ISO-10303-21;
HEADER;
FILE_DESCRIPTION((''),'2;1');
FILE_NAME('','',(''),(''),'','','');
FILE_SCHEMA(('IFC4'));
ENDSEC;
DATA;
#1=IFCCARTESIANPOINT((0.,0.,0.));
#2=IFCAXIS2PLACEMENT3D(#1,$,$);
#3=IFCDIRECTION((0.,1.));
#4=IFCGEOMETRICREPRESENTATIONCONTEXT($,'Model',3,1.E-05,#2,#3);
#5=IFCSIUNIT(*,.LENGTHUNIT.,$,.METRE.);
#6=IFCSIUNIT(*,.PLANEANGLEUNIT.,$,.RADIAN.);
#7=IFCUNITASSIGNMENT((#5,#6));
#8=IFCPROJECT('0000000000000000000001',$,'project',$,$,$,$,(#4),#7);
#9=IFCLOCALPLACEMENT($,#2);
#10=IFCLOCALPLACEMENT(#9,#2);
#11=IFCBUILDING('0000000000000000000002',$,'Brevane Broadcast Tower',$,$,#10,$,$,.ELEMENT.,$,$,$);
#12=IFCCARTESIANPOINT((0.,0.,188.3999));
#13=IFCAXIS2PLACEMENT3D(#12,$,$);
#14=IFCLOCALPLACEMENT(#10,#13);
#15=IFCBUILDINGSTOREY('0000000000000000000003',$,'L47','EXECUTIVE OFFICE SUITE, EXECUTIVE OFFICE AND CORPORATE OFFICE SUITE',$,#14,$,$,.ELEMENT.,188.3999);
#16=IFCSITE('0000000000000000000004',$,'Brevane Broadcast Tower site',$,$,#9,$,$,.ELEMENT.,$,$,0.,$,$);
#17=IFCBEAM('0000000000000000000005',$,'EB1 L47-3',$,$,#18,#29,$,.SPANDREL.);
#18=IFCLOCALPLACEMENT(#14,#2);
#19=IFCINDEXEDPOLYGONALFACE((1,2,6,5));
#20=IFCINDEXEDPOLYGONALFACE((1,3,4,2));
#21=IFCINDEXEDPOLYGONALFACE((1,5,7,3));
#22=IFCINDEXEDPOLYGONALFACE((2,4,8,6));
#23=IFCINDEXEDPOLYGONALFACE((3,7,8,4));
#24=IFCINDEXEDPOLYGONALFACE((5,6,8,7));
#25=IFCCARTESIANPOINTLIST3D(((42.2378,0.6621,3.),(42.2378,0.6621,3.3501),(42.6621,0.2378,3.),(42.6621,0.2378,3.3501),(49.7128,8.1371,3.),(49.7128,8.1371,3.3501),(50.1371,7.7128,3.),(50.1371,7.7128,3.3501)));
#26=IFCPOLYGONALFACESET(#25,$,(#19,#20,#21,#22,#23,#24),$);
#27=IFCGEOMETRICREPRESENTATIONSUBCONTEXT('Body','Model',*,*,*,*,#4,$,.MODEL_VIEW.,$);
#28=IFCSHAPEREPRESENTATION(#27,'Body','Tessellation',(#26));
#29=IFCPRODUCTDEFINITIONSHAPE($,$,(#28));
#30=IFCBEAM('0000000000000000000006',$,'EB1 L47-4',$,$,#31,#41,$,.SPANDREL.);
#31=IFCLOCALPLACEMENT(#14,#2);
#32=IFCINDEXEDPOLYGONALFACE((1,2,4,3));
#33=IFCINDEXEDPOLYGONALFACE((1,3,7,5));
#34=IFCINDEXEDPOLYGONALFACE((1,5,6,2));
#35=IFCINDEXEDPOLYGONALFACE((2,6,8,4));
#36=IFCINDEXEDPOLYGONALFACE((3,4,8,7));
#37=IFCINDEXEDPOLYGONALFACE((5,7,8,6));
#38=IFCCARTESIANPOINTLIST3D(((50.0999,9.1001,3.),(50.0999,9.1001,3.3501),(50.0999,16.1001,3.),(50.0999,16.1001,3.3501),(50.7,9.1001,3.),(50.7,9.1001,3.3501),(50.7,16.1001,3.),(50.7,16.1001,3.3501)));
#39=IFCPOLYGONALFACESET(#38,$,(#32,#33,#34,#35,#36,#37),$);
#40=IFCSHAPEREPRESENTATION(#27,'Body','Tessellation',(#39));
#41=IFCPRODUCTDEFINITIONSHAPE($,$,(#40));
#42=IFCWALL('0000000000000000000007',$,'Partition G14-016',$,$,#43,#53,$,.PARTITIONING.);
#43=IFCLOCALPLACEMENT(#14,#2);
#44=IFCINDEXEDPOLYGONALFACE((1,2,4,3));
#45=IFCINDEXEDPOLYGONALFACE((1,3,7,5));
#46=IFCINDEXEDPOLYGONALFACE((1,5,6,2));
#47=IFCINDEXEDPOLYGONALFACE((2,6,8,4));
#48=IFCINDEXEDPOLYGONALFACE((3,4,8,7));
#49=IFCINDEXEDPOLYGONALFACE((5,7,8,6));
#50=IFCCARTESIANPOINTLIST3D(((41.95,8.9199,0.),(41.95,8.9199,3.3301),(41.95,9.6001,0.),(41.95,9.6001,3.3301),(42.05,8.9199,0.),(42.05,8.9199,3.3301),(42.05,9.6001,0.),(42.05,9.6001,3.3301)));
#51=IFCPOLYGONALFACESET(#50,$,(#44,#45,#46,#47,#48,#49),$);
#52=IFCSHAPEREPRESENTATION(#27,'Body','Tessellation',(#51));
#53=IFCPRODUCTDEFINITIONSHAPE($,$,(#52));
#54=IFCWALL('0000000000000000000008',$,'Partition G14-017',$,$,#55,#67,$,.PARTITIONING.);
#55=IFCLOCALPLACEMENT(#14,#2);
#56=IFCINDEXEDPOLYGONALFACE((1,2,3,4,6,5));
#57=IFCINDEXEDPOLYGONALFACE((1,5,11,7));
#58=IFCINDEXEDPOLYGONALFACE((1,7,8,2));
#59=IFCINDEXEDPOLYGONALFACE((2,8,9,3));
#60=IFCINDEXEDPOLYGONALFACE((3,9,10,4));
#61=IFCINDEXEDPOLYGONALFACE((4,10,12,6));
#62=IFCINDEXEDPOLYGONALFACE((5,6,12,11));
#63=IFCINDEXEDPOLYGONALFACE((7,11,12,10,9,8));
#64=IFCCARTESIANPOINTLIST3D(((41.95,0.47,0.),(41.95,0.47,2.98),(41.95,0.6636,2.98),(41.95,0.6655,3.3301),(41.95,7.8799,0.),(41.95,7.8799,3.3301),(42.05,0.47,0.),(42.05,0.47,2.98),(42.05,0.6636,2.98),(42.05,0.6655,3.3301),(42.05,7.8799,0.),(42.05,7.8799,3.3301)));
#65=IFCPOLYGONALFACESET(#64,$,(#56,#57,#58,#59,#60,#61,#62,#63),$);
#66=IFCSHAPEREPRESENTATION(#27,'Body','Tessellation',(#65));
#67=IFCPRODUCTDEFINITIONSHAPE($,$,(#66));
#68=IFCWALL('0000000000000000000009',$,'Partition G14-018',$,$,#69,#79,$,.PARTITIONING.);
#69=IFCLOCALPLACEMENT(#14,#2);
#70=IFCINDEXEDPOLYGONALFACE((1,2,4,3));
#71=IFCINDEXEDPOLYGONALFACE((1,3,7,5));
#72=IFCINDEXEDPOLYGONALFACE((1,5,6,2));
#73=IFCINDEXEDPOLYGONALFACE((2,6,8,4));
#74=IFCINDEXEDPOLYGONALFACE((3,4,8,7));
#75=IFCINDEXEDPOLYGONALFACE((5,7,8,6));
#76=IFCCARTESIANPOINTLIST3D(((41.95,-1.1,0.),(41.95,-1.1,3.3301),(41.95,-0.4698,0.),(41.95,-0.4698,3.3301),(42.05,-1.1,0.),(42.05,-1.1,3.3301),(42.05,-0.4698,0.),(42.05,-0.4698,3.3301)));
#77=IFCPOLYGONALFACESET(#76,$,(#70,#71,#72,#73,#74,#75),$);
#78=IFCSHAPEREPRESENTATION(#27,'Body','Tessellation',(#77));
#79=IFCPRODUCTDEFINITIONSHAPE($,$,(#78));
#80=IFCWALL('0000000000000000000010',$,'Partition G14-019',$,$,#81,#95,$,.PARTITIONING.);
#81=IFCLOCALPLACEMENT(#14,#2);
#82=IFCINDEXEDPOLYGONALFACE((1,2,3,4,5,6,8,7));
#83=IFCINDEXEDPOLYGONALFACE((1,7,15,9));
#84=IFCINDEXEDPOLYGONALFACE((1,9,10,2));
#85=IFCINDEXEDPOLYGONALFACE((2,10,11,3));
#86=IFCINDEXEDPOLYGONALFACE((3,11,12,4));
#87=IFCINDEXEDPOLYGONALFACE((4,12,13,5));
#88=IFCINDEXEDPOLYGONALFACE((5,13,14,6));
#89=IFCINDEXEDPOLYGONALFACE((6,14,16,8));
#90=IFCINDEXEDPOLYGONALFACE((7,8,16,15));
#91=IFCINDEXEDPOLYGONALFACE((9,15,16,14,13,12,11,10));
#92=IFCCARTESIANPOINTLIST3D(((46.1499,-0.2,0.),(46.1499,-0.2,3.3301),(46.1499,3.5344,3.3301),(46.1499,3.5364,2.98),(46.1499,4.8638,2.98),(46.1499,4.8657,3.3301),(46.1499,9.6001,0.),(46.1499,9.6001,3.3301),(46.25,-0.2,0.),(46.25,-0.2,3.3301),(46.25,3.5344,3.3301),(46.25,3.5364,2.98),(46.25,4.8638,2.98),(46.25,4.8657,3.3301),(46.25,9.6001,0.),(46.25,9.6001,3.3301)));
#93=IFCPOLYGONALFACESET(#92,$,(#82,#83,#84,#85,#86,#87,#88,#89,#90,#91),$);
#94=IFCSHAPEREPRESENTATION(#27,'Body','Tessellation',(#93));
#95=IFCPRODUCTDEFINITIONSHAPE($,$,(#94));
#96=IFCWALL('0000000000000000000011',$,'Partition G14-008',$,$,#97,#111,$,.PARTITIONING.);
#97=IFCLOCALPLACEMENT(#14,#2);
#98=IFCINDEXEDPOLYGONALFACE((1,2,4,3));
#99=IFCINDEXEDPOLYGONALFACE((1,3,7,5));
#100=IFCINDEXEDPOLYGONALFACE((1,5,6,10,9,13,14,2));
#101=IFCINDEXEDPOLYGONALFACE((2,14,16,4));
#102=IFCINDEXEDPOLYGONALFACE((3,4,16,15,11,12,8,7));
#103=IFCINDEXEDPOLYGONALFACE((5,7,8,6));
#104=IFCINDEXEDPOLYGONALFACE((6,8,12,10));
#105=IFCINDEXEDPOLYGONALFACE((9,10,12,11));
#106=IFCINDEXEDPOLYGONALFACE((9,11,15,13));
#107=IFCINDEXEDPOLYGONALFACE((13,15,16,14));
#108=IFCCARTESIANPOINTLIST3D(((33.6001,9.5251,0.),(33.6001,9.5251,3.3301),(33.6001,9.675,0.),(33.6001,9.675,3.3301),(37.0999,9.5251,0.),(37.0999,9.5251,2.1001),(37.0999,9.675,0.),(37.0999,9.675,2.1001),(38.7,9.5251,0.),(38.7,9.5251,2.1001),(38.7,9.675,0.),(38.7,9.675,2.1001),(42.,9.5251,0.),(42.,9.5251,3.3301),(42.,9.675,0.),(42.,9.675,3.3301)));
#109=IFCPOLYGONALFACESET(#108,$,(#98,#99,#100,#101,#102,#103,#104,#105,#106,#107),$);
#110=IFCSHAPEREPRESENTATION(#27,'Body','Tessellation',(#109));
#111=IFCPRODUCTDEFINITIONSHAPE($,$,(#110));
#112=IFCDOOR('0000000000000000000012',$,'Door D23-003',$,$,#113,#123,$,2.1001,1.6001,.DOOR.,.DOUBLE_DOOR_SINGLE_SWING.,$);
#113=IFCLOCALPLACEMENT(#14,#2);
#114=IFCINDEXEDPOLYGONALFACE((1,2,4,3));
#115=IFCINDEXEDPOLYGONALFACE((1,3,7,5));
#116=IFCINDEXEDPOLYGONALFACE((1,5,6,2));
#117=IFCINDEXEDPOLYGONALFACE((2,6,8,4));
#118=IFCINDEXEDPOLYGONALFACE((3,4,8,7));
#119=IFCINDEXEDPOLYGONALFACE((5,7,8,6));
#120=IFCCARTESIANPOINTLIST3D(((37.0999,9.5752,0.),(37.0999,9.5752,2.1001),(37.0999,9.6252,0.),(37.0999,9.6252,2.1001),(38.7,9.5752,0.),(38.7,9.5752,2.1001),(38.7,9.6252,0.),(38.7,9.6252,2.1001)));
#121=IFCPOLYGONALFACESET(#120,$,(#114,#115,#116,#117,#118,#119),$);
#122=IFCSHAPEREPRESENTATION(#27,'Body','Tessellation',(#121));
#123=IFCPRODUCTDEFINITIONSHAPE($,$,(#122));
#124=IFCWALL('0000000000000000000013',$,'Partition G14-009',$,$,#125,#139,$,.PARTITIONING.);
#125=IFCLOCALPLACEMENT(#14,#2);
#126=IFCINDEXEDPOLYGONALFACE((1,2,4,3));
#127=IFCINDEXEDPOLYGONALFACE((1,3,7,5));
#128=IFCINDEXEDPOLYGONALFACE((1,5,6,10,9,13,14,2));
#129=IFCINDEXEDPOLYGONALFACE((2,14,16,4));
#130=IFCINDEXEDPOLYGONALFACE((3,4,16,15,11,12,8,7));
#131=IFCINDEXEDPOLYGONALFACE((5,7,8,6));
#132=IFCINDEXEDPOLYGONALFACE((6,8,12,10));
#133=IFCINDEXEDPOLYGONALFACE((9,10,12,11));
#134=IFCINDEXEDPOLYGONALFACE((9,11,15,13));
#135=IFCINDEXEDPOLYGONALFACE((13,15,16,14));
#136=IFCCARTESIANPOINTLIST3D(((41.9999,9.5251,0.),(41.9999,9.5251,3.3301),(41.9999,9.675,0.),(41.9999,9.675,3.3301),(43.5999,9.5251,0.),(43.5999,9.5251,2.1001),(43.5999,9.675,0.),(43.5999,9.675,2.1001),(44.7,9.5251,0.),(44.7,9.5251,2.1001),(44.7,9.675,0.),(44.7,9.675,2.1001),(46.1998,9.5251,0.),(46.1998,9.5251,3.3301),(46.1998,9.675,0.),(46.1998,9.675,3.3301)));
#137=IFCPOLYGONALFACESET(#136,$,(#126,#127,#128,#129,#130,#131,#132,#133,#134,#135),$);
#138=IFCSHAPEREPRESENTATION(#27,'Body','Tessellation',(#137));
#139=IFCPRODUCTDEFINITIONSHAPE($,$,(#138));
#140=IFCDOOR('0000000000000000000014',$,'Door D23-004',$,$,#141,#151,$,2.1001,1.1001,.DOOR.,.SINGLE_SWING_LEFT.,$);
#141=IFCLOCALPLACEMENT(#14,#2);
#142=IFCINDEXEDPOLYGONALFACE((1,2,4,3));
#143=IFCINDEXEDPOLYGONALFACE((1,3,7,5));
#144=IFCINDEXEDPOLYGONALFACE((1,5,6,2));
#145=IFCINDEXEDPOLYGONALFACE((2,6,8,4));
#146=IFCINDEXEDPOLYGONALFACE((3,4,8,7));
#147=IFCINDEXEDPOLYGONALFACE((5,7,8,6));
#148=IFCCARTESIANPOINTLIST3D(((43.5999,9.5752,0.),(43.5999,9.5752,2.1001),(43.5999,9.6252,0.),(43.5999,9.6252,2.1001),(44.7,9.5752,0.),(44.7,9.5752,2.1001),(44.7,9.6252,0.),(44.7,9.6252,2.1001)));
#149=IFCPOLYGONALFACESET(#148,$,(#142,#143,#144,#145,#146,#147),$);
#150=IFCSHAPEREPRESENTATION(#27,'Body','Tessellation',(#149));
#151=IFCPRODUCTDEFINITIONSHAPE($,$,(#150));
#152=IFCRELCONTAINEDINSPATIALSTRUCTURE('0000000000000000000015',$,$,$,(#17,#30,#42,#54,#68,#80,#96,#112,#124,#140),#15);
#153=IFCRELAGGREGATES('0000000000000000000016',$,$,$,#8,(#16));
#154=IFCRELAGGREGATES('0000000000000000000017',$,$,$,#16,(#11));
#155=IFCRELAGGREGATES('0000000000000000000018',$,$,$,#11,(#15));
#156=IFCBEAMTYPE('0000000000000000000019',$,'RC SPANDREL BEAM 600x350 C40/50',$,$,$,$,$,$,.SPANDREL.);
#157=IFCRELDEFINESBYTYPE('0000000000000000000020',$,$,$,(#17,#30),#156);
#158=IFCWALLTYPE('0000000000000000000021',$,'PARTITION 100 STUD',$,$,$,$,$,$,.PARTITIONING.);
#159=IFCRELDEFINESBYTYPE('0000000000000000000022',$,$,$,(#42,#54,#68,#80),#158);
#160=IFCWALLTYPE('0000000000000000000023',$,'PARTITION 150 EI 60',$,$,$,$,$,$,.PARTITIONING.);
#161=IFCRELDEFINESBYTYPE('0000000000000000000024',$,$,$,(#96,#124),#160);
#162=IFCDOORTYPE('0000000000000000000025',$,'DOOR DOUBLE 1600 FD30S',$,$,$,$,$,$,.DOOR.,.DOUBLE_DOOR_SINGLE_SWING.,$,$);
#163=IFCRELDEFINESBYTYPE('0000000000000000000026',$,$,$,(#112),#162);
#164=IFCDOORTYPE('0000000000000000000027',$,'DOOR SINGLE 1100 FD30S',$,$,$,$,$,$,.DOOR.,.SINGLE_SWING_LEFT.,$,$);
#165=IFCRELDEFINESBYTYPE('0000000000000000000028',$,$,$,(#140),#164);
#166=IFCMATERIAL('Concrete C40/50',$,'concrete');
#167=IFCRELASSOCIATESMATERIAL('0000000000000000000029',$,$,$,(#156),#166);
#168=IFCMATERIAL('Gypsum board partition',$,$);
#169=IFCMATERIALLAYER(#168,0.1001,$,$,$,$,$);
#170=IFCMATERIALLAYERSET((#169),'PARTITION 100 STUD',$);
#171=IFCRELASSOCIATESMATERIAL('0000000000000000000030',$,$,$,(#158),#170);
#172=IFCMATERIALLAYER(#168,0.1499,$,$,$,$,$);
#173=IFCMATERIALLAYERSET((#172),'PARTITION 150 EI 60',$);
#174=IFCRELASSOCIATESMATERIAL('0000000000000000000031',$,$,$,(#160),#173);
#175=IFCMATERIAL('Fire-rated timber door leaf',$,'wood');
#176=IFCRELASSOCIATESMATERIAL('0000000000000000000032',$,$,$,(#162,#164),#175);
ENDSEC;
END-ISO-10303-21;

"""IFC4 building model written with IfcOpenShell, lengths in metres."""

from ifc_helpers import new_model, si_unit, direction, frame, frame_2d, origin, origin_2d, place, context, subcontext, project, spatial, polyline, rectangle, outline, extrude, material, layer, layer_set, material_profile, profile_set, type_object, element, fill, save


model = new_model("IFC4")

# Units and contexts
model_context = context("Model", 3, precision=1e-05, world=origin(), true_north=direction((0.0, 1.0)))
body_context = subcontext(model_context, "Body", "Model", "MODEL_VIEW")
ifc_project = project(units=[si_unit("LENGTHUNIT", "METRE"), si_unit("PLANEANGLEUNIT", "RADIAN")], contexts=[model_context])

# Site, building, storey
site_placement = place(None, origin())
site = spatial("IfcSite", under=ifc_project, at=site_placement, Name="Brevane Broadcast Tower site", CompositionType="ELEMENT", RefElevation=0.0)
building_placement = place(site_placement, origin())
building = spatial("IfcBuilding", under=site, at=building_placement, Name="Brevane Broadcast Tower", CompositionType="ELEMENT")
storey_placement = place(building_placement, frame((0.0, 0.0, 188.3999)))
storey = spatial("IfcBuildingStorey", under=building, at=storey_placement, Name="L47", Description="EXECUTIVE OFFICE SUITE, EXECUTIVE OFFICE AND CORPORATE OFFICE SUITE", CompositionType="ELEMENT", Elevation=188.3999)

# Beams
ifc_material_1 = material(Name="Concrete C40/50", Category="concrete")
ifc_material_profile_1 = material_profile(ifc_material_1, rectangle(XDim=0.6001, YDim=0.3501, at=origin_2d()), Name="RC 600x350")
ifc_profile_set_1 = profile_set([ifc_material_profile_1], Name="Concrete C40/50")
beam_type = type_object("IfcBeamType", Name="RC SPANDREL BEAM 600x350 C40/50", PredefinedType="SPANDREL", material=ifc_profile_set_1)
beam_1_placement = place(storey_placement, frame((42.45, 0.45, 3.175), z_axis=(0.707107, 0.707107, 0.0), x_axis=(-0.707107, 0.707107, 0.0)))
element("IfcBeam", 1, at=beam_1_placement, inside=storey, type_object=beam_type, Name="EB1 L47-3", PredefinedType="SPANDREL", context=body_context, shape_type="SweptSolid", body=[
    extrude(rectangle(XDim=0.6001, YDim=0.3501, at=origin_2d()), origin(), (0.0, 0.0, 1.0), 10.5713),
])
beam_2_placement = place(storey_placement, frame((50.3999, 9.1001, 3.175), z_axis=(0.0, 1.0, 0.0), x_axis=(-1.0, 0.0, 0.0)))
element("IfcBeam", 2, at=beam_2_placement, inside=storey, type_object=beam_type, Name="EB1 L47-4", PredefinedType="SPANDREL", context=body_context, shape_type="SweptSolid", body=[
    extrude(rectangle(XDim=0.6001, YDim=0.3501, at=origin_2d()), origin(), (0.0, 0.0, 1.0), 7.0),
])

# Walls
ifc_material_2 = material(Name="Gypsum board partition")
ifc_layer_1 = layer(ifc_material_2, 0.1001)
ifc_layer_set_1 = layer_set([ifc_layer_1], Name="PARTITION 100 STUD")
wall_type_1 = type_object("IfcWallType", Name="PARTITION 100 STUD", PredefinedType="PARTITIONING", material=ifc_layer_set_1)
wall_1_placement = place(storey_placement, frame((42.0, 9.6001, 0.0), z_axis=(0.0, 0.0, 1.0), x_axis=(0.0, -1.0, 0.0)))
element("IfcWall", 3, at=wall_1_placement, inside=storey, type_object=wall_type_1, Name="Partition G14-016", PredefinedType="PARTITIONING", context=body_context, shape_type="SweptSolid", body=[
    extrude(rectangle(XDim=0.6802, YDim=0.1001, at=frame_2d((0.3401, 0.0))), origin(), (0.0, 0.0, 1.0), 3.3301),
])
wall_2_placement = place(storey_placement, frame((42.0, 7.8799, 0.0), z_axis=(0.0, 0.0, 1.0), x_axis=(0.0, -1.0, 0.0)))
element("IfcWall", 4, at=wall_2_placement, inside=storey, type_object=wall_type_1, Name="Partition G14-017", PredefinedType="PARTITIONING", context=body_context, shape_type="SweptSolid", body=[
    extrude(outline(polyline([(0.0, 0.0), (7.4099, 0.0), (7.4099, 2.98), (7.2163, 2.98), (7.2144, 3.3301), (0.0, 3.3301), (0.0, 0.0)])), frame((0.0, 0.05, 0.0), z_axis=(0.0, -1.0, 0.0), x_axis=(1.0, 0.0, 0.0)), (0.0, 0.0, 1.0), 0.1001),
])
wall_3_placement = place(storey_placement, frame((42.0, -0.47, 0.0), z_axis=(0.0, 0.0, 1.0), x_axis=(0.0, -1.0, 0.0)))
element("IfcWall", 5, at=wall_3_placement, inside=storey, type_object=wall_type_1, Name="Partition G14-018", PredefinedType="PARTITIONING", context=body_context, shape_type="SweptSolid", body=[
    extrude(rectangle(XDim=0.6301, YDim=0.1001, at=frame_2d((0.3149, 0.0))), origin(), (0.0, 0.0, 1.0), 3.3301),
])
wall_4_placement = place(storey_placement, frame((46.2, 9.6001, 0.0), z_axis=(0.0, 0.0, 1.0), x_axis=(0.0, -1.0, 0.0)))
element("IfcWall", 6, at=wall_4_placement, inside=storey, type_object=wall_type_1, Name="Partition G14-019", PredefinedType="PARTITIONING", context=body_context, shape_type="SweptSolid", body=[
    extrude(outline(polyline([(0.0, 0.0), (9.8, 0.0), (9.8, 3.3301), (6.0657, 3.3301), (6.0637, 2.98), (4.7363, 2.98), (4.7344, 3.3301), (0.0, 3.3301), (0.0, 0.0)])), frame((0.0, 0.05, 0.0), z_axis=(0.0, -1.0, 0.0), x_axis=(1.0, 0.0, 0.0)), (0.0, 0.0, 1.0), 0.1001),
])

# Walls, openings, doors
ifc_layer_2 = layer(ifc_material_2, 0.1499)
ifc_layer_set_2 = layer_set([ifc_layer_2], Name="PARTITION 150 EI 60")
wall_type_2 = type_object("IfcWallType", Name="PARTITION 150 EI 60", PredefinedType="PARTITIONING", material=ifc_layer_set_2)
wall_5_placement = place(storey_placement, frame((42.0, 9.6001, 0.0), z_axis=(0.0, 0.0, 1.0), x_axis=(-1.0, 0.0, 0.0)))
wall_5 = element("IfcWall", 7, at=wall_5_placement, inside=storey, type_object=wall_type_2, Name="Partition G14-008", PredefinedType="PARTITIONING", context=body_context, shape_type="SweptSolid", body=[
    extrude(rectangle(XDim=8.3999, YDim=0.1499, at=frame_2d((4.2, 0.0))), origin(), (0.0, 0.0, 1.0), 3.3301),
])
opening_1_placement = place(wall_5_placement, frame((3.3, 0.0, 0.0)))
opening_1 = element("IfcOpeningElement", 8, at=opening_1_placement, cuts=wall_5, PredefinedType="OPENING", context=body_context, shape_type="SweptSolid", body=[
    extrude(rectangle(XDim=1.6001, YDim=2.1001, at=frame_2d((0.8, 1.05))), frame((0.0, 0.085, 0.0), z_axis=(0.0, -1.0, 0.0), x_axis=(1.0, 0.0, 0.0)), (0.0, 0.0, 1.0), 0.1699),
])
ifc_material_3 = material(Name="Fire-rated timber door leaf", Category="wood")
door_type_1 = type_object("IfcDoorType", Name="DOOR DOUBLE 1600 FD30S", OperationType="DOUBLE_DOOR_SINGLE_SWING", PredefinedType="DOOR", material=ifc_material_3)
door_1_placement = place(opening_1_placement, origin())
door_1 = element("IfcDoor", 9, at=door_1_placement, inside=storey, type_object=door_type_1, Name="Door D23-003", OperationType="DOUBLE_DOOR_SINGLE_SWING", OverallHeight=2.1001, OverallWidth=1.6001, PredefinedType="DOOR", context=body_context, shape_type="SweptSolid", body=[
    extrude(rectangle(XDim=1.6001, YDim=2.1001, at=frame_2d((0.8, 1.05))), frame((0.0, 0.0249, 0.0), z_axis=(0.0, -1.0, 0.0), x_axis=(1.0, 0.0, 0.0)), (0.0, 0.0, 1.0), 0.05),
])
fill(opening_1, door_1)
wall_6_placement = place(storey_placement, frame((46.2, 9.6001, 0.0), z_axis=(0.0, 0.0, 1.0), x_axis=(-1.0, 0.0, 0.0)))
wall_6 = element("IfcWall", 10, at=wall_6_placement, inside=storey, type_object=wall_type_2, Name="Partition G14-009", PredefinedType="PARTITIONING", context=body_context, shape_type="SweptSolid", body=[
    extrude(rectangle(XDim=4.2, YDim=0.1499, at=frame_2d((2.1001, 0.0))), origin(), (0.0, 0.0, 1.0), 3.3301),
])
opening_2_placement = place(wall_6_placement, frame((1.5, 0.0, 0.0)))
opening_2 = element("IfcOpeningElement", 11, at=opening_2_placement, cuts=wall_6, PredefinedType="OPENING", context=body_context, shape_type="SweptSolid", body=[
    extrude(rectangle(XDim=1.1001, YDim=2.1001, at=frame_2d((0.55, 1.05))), frame((0.0, 0.085, 0.0), z_axis=(0.0, -1.0, 0.0), x_axis=(1.0, 0.0, 0.0)), (0.0, 0.0, 1.0), 0.1699),
])
door_type_2 = type_object("IfcDoorType", Name="DOOR SINGLE 1100 FD30S", OperationType="SINGLE_SWING_LEFT", PredefinedType="DOOR", material=ifc_material_3)
door_2_placement = place(opening_2_placement, origin())
door_2 = element("IfcDoor", 12, at=door_2_placement, inside=storey, type_object=door_type_2, Name="Door D23-004", OperationType="SINGLE_SWING_LEFT", OverallHeight=2.1001, OverallWidth=1.1001, PredefinedType="DOOR", context=body_context, shape_type="SweptSolid", body=[
    extrude(rectangle(XDim=1.1001, YDim=2.1001, at=frame_2d((0.55, 1.05))), frame((0.0, 0.0249, 0.0), z_axis=(0.0, -1.0, 0.0), x_axis=(1.0, 0.0, 0.0)), (0.0, 0.0, 1.0), 0.05),
])
fill(opening_2, door_2)

save(model, "model.ifc")
